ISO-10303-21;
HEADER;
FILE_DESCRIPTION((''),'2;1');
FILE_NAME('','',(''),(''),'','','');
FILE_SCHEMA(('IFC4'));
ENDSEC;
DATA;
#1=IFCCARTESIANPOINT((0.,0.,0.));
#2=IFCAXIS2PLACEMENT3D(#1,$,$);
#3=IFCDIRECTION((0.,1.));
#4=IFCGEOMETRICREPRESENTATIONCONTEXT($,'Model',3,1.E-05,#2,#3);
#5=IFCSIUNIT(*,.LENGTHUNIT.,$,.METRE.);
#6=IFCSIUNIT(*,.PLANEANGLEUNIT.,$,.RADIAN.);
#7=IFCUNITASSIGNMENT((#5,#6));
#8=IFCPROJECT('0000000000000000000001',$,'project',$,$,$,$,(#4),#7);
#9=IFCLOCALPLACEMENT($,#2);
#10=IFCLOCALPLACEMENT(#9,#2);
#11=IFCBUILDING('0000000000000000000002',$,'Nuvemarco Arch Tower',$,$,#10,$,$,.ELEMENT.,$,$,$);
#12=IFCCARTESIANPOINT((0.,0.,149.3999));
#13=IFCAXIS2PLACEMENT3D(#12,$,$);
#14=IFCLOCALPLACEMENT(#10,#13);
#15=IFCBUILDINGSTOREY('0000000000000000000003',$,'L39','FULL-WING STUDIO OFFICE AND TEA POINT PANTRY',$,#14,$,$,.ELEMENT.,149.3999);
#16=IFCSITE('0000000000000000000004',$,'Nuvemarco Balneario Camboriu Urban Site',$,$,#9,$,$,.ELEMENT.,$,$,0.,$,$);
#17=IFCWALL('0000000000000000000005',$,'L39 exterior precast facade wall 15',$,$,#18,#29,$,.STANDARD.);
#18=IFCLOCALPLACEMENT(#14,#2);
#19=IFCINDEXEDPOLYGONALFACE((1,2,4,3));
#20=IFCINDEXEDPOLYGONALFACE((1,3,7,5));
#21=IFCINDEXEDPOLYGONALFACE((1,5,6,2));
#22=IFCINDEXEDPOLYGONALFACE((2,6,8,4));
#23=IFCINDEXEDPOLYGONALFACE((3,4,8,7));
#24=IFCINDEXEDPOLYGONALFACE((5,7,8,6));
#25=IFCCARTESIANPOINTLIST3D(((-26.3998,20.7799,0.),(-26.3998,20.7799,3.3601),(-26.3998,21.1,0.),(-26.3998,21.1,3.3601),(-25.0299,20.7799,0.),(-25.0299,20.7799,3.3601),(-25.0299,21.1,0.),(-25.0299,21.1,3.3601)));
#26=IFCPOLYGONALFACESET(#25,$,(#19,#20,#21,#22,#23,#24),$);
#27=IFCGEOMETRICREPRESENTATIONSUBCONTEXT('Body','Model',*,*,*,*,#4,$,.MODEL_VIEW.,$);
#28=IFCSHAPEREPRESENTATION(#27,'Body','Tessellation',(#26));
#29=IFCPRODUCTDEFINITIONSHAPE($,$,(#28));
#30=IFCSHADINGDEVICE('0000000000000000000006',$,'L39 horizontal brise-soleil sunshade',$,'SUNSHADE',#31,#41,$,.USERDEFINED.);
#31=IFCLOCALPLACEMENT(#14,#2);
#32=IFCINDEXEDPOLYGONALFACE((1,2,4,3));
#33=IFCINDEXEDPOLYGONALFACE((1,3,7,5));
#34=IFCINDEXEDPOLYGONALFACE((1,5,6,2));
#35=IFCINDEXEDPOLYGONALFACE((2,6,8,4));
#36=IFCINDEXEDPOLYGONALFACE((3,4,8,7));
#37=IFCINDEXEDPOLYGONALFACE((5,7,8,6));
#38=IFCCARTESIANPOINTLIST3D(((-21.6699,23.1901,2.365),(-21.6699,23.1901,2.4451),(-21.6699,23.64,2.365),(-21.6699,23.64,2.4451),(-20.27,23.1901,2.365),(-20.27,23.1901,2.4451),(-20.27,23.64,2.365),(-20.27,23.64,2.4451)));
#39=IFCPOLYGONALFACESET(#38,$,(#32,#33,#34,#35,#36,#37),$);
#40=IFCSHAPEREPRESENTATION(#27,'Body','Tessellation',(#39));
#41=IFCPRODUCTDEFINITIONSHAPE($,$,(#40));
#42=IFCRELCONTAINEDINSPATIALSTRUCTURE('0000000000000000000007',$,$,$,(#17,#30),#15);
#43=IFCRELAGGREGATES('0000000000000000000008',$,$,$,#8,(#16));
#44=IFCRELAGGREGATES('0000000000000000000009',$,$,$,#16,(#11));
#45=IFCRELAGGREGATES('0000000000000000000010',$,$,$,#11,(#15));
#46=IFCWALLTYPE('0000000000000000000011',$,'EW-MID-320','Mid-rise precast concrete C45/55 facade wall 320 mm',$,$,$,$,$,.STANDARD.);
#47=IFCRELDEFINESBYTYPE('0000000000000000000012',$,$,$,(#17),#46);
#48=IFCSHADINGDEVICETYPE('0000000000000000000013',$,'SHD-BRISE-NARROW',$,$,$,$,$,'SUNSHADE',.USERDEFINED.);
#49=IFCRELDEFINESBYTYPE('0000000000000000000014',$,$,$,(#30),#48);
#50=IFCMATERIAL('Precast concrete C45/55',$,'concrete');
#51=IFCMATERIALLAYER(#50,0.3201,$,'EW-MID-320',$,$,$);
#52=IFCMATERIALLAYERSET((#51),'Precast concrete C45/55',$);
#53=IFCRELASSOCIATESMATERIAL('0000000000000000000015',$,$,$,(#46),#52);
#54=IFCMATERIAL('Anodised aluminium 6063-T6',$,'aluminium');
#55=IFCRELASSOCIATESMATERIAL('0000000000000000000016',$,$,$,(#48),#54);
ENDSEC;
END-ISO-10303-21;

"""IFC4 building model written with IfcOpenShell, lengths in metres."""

from ifc_helpers import new_model, si_unit, direction, frame, frame_2d, origin, origin_2d, place, context, subcontext, project, spatial, rectangle, extrude, source, transform, mapped, material, layer, layer_set, type_object, type_shapes, element, save


model = new_model("IFC4")

# Units and contexts
model_context = context("Model", 3, precision=1e-05, world=origin(), true_north=direction((0.0, 1.0)))
body_context = subcontext(model_context, "Body", "Model", "MODEL_VIEW")
ifc_project = project(units=[si_unit("LENGTHUNIT", "METRE"), si_unit("PLANEANGLEUNIT", "RADIAN")], contexts=[model_context])

# Site, building, storey
site_placement = place(None, origin())
site = spatial("IfcSite", under=ifc_project, at=site_placement, Name="Nuvemarco Balneario Camboriu Urban Site", CompositionType="ELEMENT", RefElevation=0.0)
building_placement = place(site_placement, origin())
building = spatial("IfcBuilding", under=site, at=building_placement, Name="Nuvemarco Arch Tower", CompositionType="ELEMENT")
storey_placement = place(building_placement, frame((0.0, 0.0, 149.3999)))
storey = spatial("IfcBuildingStorey", under=building, at=storey_placement, Name="L39", Description="FULL-WING STUDIO OFFICE AND TEA POINT PANTRY", CompositionType="ELEMENT", Elevation=149.3999)

# Shared definitions
ifc_material_1 = material(Name="Precast concrete C45/55", Category="concrete")
ifc_layer = layer(ifc_material_1, 0.3201, Name="EW-MID-320")
ifc_layer_set = layer_set([ifc_layer], Name="Precast concrete C45/55")
wall_type = type_object("IfcWallType", Name="EW-MID-320", Description="Mid-rise precast concrete C45/55 facade wall 320 mm", PredefinedType="STANDARD", material=ifc_layer_set)

# Wall
wall_1_placement = place(storey_placement, frame((-26.3999, 20.9399, 0.0), z_axis=(0.0, 0.0, 1.0), x_axis=(1.0, 0.0, 0.0)))
element("IfcWall", 1, at=wall_1_placement, inside=storey, type_object=wall_type, Name="L39 exterior precast facade wall 15", PredefinedType="STANDARD", context=body_context, shape_type="SweptSolid", body=[
    extrude(rectangle(XDim=1.3699, YDim=0.3201, at=frame_2d((0.6851, 0.0))), origin(), (0.0, 0.0, 1.0), 3.3601),
])

# Shading device
ifc_material_2 = material(Name="Anodised aluminium 6063-T6", Category="aluminium")
shading_device_type = type_object("IfcShadingDeviceType", Name="SHD-BRISE-NARROW", ElementType="SUNSHADE", PredefinedType="USERDEFINED", material=ifc_material_2)
shared_shape_1 = source(origin(), body_context, "Body", "SweptSolid", [
    extrude(rectangle(XDim=1.3999, YDim=0.45, at=origin_2d()), origin(), (0.0, 0.0, 1.0), 0.0801),
])
type_shapes(shading_device_type, [shared_shape_1])
shading_device_placement = place(storey_placement, frame((-20.97, 23.415, 2.365), z_axis=(0.0, 0.0, 1.0), x_axis=(1.0, 0.0, 0.0)))
element("IfcShadingDevice", 2, at=shading_device_placement, inside=storey, type_object=shading_device_type, Name="L39 horizontal brise-soleil sunshade", ObjectType="SUNSHADE", PredefinedType="USERDEFINED", context=body_context, shape_type="MappedRepresentation", body=[
    mapped(shared_shape_1, transform((0.0, 0.0, 0.0), scale=1.0)),
])

save(model, "model.ifc")
